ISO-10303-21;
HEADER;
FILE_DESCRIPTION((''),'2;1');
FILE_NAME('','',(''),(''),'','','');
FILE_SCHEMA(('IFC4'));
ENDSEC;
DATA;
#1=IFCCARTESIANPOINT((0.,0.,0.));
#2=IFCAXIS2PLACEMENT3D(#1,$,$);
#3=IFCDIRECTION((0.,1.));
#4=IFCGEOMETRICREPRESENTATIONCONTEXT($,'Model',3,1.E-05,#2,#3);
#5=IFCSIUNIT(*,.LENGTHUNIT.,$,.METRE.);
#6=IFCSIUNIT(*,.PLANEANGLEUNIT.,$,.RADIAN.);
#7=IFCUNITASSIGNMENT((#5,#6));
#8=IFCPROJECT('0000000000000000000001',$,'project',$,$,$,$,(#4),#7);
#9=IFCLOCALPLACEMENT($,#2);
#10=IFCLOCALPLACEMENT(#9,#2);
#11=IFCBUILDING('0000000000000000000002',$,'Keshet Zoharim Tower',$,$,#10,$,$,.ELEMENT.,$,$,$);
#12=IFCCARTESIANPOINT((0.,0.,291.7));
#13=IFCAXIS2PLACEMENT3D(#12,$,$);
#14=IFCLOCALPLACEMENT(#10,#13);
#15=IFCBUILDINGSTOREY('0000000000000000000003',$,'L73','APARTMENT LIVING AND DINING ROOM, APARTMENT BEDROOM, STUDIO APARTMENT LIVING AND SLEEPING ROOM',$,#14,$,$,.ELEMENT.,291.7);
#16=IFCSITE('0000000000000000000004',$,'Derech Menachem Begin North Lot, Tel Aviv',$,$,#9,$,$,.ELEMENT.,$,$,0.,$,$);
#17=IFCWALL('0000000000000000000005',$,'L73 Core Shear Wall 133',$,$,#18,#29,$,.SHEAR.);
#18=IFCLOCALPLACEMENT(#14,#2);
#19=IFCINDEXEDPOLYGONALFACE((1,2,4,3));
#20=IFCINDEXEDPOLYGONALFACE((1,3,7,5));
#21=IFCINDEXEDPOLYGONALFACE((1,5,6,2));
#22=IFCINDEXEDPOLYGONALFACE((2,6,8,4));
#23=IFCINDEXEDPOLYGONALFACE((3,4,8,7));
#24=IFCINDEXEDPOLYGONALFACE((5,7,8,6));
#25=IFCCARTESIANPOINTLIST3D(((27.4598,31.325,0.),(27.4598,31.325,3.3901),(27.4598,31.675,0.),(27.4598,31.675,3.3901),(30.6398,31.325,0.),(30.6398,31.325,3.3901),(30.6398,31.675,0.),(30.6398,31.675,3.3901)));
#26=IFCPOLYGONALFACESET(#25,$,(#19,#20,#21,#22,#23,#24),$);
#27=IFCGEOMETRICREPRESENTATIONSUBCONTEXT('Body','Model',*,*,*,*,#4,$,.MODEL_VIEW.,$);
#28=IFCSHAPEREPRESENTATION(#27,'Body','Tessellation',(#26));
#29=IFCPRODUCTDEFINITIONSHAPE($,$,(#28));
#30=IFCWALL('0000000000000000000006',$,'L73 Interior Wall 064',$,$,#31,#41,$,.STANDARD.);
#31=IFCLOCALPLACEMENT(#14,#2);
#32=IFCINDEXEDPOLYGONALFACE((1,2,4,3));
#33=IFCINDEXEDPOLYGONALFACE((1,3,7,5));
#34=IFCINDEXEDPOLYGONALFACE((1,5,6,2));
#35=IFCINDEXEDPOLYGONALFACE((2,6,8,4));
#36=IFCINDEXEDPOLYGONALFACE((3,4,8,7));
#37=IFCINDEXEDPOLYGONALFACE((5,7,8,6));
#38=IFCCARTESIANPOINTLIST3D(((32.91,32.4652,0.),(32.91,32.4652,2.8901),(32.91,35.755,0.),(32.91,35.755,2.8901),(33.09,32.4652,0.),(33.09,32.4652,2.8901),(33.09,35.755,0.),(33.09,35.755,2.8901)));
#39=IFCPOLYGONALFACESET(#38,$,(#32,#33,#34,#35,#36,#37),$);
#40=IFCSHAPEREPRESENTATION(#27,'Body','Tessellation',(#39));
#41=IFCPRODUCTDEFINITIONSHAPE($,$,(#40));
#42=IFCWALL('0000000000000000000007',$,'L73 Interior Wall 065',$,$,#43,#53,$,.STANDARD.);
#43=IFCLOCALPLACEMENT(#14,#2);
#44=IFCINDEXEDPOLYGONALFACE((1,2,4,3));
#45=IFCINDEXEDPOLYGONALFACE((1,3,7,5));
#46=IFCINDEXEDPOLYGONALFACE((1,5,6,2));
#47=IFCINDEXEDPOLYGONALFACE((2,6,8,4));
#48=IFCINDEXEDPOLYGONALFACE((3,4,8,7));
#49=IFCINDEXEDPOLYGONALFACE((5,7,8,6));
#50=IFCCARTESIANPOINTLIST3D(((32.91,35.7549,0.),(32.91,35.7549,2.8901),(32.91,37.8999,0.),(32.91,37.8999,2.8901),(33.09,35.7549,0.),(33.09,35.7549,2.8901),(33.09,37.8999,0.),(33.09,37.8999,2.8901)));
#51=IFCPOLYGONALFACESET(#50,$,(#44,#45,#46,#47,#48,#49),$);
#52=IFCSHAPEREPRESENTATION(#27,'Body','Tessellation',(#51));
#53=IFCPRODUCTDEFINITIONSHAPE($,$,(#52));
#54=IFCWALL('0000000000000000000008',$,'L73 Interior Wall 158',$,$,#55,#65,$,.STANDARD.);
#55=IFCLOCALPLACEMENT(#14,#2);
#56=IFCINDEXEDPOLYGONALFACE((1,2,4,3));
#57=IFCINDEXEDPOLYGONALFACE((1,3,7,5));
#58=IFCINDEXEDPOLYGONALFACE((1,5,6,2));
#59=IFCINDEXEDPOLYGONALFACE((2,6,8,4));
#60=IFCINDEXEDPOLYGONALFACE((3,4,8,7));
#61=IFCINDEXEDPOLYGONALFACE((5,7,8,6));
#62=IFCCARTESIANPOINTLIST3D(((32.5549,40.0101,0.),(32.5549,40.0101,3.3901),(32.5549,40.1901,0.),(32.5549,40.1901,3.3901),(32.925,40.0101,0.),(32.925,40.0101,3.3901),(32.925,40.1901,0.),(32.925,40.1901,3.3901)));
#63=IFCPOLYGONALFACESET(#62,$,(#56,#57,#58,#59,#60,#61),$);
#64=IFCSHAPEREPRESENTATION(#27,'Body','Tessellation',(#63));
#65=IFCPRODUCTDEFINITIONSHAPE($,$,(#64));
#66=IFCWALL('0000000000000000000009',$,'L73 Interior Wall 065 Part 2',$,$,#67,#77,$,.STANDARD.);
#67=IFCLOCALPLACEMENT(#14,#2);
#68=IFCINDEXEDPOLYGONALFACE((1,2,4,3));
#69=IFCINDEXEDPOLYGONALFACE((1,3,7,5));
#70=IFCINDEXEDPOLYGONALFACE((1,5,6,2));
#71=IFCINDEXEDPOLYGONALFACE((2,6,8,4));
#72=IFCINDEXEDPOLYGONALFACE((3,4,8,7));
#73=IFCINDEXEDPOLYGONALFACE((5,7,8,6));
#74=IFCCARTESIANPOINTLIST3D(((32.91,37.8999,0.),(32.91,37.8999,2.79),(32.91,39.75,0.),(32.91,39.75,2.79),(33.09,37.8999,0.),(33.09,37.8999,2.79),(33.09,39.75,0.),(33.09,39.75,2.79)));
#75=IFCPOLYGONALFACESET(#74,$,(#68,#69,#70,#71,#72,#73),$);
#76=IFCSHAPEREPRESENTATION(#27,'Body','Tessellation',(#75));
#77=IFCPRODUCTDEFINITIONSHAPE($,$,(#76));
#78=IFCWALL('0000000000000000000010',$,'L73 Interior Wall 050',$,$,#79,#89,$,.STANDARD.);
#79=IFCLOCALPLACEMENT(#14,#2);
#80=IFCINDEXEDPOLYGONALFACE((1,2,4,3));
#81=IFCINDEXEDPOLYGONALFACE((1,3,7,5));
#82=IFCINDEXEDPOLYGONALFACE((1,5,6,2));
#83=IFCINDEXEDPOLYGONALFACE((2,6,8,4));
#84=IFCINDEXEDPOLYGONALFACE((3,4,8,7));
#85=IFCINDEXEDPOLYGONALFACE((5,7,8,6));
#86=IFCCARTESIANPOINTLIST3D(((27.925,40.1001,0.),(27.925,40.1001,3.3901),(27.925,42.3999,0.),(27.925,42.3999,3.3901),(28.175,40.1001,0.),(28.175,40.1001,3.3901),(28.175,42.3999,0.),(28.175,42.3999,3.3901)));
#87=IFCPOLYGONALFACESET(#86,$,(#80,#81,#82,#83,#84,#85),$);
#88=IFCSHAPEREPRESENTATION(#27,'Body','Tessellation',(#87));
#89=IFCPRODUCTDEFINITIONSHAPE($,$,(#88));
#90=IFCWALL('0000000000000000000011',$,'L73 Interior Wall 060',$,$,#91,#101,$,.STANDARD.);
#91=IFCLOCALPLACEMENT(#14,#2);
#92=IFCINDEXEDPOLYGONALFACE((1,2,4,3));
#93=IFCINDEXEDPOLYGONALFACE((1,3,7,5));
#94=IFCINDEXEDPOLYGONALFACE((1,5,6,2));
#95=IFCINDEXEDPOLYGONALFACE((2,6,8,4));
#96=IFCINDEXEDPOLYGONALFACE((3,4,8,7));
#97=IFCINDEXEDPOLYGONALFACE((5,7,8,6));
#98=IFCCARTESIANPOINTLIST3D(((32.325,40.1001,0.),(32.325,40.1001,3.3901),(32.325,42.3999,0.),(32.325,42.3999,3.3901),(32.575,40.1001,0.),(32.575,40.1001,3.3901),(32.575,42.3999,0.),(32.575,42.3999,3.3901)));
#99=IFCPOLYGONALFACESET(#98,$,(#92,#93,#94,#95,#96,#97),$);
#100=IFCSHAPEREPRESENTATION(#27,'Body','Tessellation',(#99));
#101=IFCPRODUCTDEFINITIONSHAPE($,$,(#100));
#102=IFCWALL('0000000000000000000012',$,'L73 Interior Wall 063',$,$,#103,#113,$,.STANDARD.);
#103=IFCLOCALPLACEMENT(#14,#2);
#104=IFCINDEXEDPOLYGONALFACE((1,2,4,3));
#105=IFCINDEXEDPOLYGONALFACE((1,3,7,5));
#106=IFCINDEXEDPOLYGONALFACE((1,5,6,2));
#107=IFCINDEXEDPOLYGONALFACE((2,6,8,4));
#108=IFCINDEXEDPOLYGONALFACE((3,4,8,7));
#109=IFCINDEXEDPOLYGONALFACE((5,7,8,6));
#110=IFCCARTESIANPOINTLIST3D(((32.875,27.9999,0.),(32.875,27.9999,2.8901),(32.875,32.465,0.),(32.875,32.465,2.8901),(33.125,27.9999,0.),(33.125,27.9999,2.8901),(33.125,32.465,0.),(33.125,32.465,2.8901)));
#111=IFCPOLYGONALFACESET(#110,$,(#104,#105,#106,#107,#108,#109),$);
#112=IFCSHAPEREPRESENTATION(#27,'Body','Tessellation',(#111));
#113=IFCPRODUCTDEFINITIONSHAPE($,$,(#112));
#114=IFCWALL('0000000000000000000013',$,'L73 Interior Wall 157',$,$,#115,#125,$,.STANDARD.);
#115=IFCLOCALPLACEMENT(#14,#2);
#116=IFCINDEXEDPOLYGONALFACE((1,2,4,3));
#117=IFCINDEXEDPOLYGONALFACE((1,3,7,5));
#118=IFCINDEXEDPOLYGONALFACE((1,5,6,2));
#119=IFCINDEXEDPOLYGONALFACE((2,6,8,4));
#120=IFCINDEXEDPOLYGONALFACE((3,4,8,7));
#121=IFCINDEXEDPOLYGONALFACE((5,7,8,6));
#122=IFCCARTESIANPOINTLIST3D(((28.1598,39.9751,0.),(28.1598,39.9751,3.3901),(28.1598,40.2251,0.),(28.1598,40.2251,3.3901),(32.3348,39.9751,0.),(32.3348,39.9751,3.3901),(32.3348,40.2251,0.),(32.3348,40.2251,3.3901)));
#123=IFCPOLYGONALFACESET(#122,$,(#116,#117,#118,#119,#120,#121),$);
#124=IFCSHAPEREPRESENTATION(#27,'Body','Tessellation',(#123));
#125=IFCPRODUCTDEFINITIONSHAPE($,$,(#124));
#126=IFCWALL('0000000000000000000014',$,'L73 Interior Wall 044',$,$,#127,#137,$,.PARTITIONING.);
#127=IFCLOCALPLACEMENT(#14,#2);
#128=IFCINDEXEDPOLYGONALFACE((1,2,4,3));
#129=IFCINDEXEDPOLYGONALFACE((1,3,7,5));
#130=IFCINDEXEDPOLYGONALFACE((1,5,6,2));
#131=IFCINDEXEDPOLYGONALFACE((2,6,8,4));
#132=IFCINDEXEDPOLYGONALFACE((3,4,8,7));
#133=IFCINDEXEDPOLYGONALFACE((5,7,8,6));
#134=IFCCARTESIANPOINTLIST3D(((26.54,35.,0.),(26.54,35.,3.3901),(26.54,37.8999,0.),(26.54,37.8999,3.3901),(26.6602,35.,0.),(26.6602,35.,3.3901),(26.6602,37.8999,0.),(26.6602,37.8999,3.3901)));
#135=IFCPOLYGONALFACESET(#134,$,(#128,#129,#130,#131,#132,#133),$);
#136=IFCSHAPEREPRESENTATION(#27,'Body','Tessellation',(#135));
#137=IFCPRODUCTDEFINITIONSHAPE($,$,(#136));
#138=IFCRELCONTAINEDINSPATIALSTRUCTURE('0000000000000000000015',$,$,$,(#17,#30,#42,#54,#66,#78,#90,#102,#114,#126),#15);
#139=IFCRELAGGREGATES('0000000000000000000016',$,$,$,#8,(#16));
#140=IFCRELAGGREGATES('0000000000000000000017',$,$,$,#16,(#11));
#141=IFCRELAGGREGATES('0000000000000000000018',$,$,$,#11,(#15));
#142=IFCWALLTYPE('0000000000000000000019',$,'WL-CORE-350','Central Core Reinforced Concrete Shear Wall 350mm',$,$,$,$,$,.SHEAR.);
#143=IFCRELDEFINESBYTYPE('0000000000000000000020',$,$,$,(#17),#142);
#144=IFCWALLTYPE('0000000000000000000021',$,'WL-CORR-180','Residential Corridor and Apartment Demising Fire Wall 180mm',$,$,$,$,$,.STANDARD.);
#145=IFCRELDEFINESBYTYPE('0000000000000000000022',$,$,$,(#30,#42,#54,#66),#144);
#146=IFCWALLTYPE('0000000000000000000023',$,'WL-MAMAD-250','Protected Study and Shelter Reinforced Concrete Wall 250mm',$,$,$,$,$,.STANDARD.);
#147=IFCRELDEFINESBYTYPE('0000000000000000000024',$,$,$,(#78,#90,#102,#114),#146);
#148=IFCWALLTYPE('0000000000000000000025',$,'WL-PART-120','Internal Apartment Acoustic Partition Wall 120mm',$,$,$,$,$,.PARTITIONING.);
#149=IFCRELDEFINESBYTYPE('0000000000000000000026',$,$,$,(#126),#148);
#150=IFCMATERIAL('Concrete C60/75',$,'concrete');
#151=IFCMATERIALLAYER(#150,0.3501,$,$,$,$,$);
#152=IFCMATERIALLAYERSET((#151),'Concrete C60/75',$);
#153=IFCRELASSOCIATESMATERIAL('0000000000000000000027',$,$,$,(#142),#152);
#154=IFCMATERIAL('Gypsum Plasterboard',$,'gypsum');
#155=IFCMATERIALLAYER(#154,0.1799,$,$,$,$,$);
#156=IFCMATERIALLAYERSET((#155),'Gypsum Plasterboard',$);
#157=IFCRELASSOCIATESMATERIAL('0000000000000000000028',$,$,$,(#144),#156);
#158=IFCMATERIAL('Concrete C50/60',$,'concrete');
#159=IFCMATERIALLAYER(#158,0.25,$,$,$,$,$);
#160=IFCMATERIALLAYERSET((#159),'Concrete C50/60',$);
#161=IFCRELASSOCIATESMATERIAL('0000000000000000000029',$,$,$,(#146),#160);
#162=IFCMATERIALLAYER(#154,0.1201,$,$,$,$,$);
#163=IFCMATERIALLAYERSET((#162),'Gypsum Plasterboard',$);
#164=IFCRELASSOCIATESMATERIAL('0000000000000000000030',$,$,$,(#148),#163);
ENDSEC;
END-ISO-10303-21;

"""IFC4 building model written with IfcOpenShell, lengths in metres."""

from ifc_helpers import new_model, si_unit, direction, frame, frame_2d, origin, place, context, subcontext, project, spatial, rectangle, extrude, material, layer, layer_set, type_object, element, save


model = new_model("IFC4")

# Units and contexts
model_context = context("Model", 3, precision=1e-05, world=origin(), true_north=direction((0.0, 1.0)))
body_context = subcontext(model_context, "Body", "Model", "MODEL_VIEW")
ifc_project = project(units=[si_unit("LENGTHUNIT", "METRE"), si_unit("PLANEANGLEUNIT", "RADIAN")], contexts=[model_context])

# Site, building, storey
site_placement = place(None, origin())
site = spatial("IfcSite", under=ifc_project, at=site_placement, Name="Derech Menachem Begin North Lot, Tel Aviv", CompositionType="ELEMENT", RefElevation=0.0)
building_placement = place(site_placement, origin())
building = spatial("IfcBuilding", under=site, at=building_placement, Name="Keshet Zoharim Tower", CompositionType="ELEMENT")
storey_placement = place(building_placement, frame((0.0, 0.0, 291.7)))
storey = spatial("IfcBuildingStorey", under=building, at=storey_placement, Name="L73", Description="APARTMENT LIVING AND DINING ROOM, APARTMENT BEDROOM, STUDIO APARTMENT LIVING AND SLEEPING ROOM", CompositionType="ELEMENT", Elevation=291.7)

# Shared definitions
ifc_material_1 = material(Name="Concrete C50/60", Category="concrete")

# Shared definitions
ifc_material_2 = material(Name="Gypsum Plasterboard", Category="gypsum")
ifc_material_3 = material(Name="Concrete C60/75", Category="concrete")
ifc_layer_1 = layer(ifc_material_3, 0.3501)
ifc_layer_set_1 = layer_set([ifc_layer_1], Name="Concrete C60/75")
wall_type_1 = type_object("IfcWallType", Name="WL-CORE-350", Description="Central Core Reinforced Concrete Shear Wall 350mm", PredefinedType="SHEAR", material=ifc_layer_set_1)

# Wall
wall_1_placement = place(storey_placement, frame((27.46, 31.5, 0.0), z_axis=(0.0, 0.0, 1.0), x_axis=(1.0, 0.0, 0.0)))
element("IfcWall", 1, at=wall_1_placement, inside=storey, type_object=wall_type_1, Name="L73 Core Shear Wall 133", PredefinedType="SHEAR", context=body_context, shape_type="SweptSolid", body=[
    extrude(rectangle(XDim=3.1799, YDim=0.3501, at=frame_2d((1.5898, 0.0))), origin(), (0.0, 0.0, 1.0), 3.3901),
])

# Walls
ifc_layer_2 = layer(ifc_material_2, 0.1799)
ifc_layer_set_2 = layer_set([ifc_layer_2], Name="Gypsum Plasterboard")
wall_type_2 = type_object("IfcWallType", Name="WL-CORR-180", Description="Residential Corridor and Apartment Demising Fire Wall 180mm", PredefinedType="STANDARD", material=ifc_layer_set_2)
wall_2_placement = place(storey_placement, frame((33.0, 32.4651, 0.0), z_axis=(0.0, 0.0, 1.0), x_axis=(0.0, 1.0, 0.0)))
element("IfcWall", 2, at=wall_2_placement, inside=storey, type_object=wall_type_2, Name="L73 Interior Wall 064", PredefinedType="STANDARD", context=body_context, shape_type="SweptSolid", body=[
    extrude(rectangle(XDim=3.2898, YDim=0.1799, at=frame_2d((1.645, 0.0))), origin(), (0.0, 0.0, 1.0), 2.8901),
])
wall_3_placement = place(storey_placement, frame((33.0, 35.7549, 0.0), z_axis=(0.0, 0.0, 1.0), x_axis=(0.0, 1.0, 0.0)))
element("IfcWall", 3, at=wall_3_placement, inside=storey, type_object=wall_type_2, Name="L73 Interior Wall 065", PredefinedType="STANDARD", context=body_context, shape_type="SweptSolid", body=[
    extrude(rectangle(XDim=2.145, YDim=0.1799, at=frame_2d((1.0725, 0.0))), origin(), (0.0, 0.0, 1.0), 2.8901),
])
wall_4_placement = place(storey_placement, frame((32.5549, 40.1001, 0.0), z_axis=(0.0, 0.0, 1.0), x_axis=(1.0, 0.0, 0.0)))
element("IfcWall", 4, at=wall_4_placement, inside=storey, type_object=wall_type_2, Name="L73 Interior Wall 158", PredefinedType="STANDARD", context=body_context, shape_type="SweptSolid", body=[
    extrude(rectangle(XDim=0.3701, YDim=0.1799, at=frame_2d((0.1851, 0.0))), origin(), (0.0, 0.0, 1.0), 3.3901),
])
wall_5_placement = place(storey_placement, frame((33.0, 37.8999, 0.0), z_axis=(0.0, 0.0, 1.0), x_axis=(0.0, 1.0, 0.0)))
element("IfcWall", 5, at=wall_5_placement, inside=storey, type_object=wall_type_2, Name="L73 Interior Wall 065 Part 2", PredefinedType="STANDARD", context=body_context, shape_type="SweptSolid", body=[
    extrude(rectangle(XDim=1.8501, YDim=0.1799, at=frame_2d((0.925, 0.0))), origin(), (0.0, 0.0, 1.0), 2.79),
])
ifc_layer_3 = layer(ifc_material_1, 0.25)
ifc_layer_set_3 = layer_set([ifc_layer_3], Name="Concrete C50/60")
wall_type_3 = type_object("IfcWallType", Name="WL-MAMAD-250", Description="Protected Study and Shelter Reinforced Concrete Wall 250mm", PredefinedType="STANDARD", material=ifc_layer_set_3)
for number, where, z_axis, x_axis, name in (
    (6, (28.05, 40.1001, 0.0), (0.0, 0.0, 1.0), (0.0, 1.0, 0.0), "L73 Interior Wall 050"),
    (7, (32.45, 40.1001, 0.0), (0.0, 0.0, 1.0), (0.0, 1.0, 0.0), "L73 Interior Wall 060"),
):
    element("IfcWall", number, at=place(storey_placement, frame(where, z_axis=z_axis, x_axis=x_axis)), inside=storey, type_object=wall_type_3, Name=name, PredefinedType="STANDARD", context=body_context, shape_type="SweptSolid", body=[
        extrude(rectangle(XDim=2.2998, YDim=0.25, at=frame_2d((1.1499, 0.0))), origin(), (0.0, 0.0, 1.0), 3.3901),
    ])
wall_6_placement = place(storey_placement, frame((33.0, 28.0, 0.0), z_axis=(0.0, 0.0, 1.0), x_axis=(0.0, 1.0, 0.0)))
element("IfcWall", 8, at=wall_6_placement, inside=storey, type_object=wall_type_3, Name="L73 Interior Wall 063", PredefinedType="STANDARD", context=body_context, shape_type="SweptSolid", body=[
    extrude(rectangle(XDim=4.4651, YDim=0.25, at=frame_2d((2.2324, 0.0))), origin(), (0.0, 0.0, 1.0), 2.8901),
])
wall_7_placement = place(storey_placement, frame((28.1599, 40.1001, 0.0), z_axis=(0.0, 0.0, 1.0), x_axis=(1.0, 0.0, 0.0)))
element("IfcWall", 9, at=wall_7_placement, inside=storey, type_object=wall_type_3, Name="L73 Interior Wall 157", PredefinedType="STANDARD", context=body_context, shape_type="SweptSolid", body=[
    extrude(rectangle(XDim=4.175, YDim=0.25, at=frame_2d((2.0874, 0.0))), origin(), (0.0, 0.0, 1.0), 3.3901),
])
ifc_layer_4 = layer(ifc_material_2, 0.1201)
ifc_layer_set_4 = layer_set([ifc_layer_4], Name="Gypsum Plasterboard")
wall_type_4 = type_object("IfcWallType", Name="WL-PART-120", Description="Internal Apartment Acoustic Partition Wall 120mm", PredefinedType="PARTITIONING", material=ifc_layer_set_4)
wall_8_placement = place(storey_placement, frame((26.6001, 35.0, 0.0), z_axis=(0.0, 0.0, 1.0), x_axis=(0.0, 1.0, 0.0)))
element("IfcWall", 10, at=wall_8_placement, inside=storey, type_object=wall_type_4, Name="L73 Interior Wall 044", PredefinedType="PARTITIONING", context=body_context, shape_type="SweptSolid", body=[
    extrude(rectangle(XDim=2.8999, YDim=0.1201, at=frame_2d((1.45, 0.0))), origin(), (0.0, 0.0, 1.0), 3.3901),
])

save(model, "model.ifc")
